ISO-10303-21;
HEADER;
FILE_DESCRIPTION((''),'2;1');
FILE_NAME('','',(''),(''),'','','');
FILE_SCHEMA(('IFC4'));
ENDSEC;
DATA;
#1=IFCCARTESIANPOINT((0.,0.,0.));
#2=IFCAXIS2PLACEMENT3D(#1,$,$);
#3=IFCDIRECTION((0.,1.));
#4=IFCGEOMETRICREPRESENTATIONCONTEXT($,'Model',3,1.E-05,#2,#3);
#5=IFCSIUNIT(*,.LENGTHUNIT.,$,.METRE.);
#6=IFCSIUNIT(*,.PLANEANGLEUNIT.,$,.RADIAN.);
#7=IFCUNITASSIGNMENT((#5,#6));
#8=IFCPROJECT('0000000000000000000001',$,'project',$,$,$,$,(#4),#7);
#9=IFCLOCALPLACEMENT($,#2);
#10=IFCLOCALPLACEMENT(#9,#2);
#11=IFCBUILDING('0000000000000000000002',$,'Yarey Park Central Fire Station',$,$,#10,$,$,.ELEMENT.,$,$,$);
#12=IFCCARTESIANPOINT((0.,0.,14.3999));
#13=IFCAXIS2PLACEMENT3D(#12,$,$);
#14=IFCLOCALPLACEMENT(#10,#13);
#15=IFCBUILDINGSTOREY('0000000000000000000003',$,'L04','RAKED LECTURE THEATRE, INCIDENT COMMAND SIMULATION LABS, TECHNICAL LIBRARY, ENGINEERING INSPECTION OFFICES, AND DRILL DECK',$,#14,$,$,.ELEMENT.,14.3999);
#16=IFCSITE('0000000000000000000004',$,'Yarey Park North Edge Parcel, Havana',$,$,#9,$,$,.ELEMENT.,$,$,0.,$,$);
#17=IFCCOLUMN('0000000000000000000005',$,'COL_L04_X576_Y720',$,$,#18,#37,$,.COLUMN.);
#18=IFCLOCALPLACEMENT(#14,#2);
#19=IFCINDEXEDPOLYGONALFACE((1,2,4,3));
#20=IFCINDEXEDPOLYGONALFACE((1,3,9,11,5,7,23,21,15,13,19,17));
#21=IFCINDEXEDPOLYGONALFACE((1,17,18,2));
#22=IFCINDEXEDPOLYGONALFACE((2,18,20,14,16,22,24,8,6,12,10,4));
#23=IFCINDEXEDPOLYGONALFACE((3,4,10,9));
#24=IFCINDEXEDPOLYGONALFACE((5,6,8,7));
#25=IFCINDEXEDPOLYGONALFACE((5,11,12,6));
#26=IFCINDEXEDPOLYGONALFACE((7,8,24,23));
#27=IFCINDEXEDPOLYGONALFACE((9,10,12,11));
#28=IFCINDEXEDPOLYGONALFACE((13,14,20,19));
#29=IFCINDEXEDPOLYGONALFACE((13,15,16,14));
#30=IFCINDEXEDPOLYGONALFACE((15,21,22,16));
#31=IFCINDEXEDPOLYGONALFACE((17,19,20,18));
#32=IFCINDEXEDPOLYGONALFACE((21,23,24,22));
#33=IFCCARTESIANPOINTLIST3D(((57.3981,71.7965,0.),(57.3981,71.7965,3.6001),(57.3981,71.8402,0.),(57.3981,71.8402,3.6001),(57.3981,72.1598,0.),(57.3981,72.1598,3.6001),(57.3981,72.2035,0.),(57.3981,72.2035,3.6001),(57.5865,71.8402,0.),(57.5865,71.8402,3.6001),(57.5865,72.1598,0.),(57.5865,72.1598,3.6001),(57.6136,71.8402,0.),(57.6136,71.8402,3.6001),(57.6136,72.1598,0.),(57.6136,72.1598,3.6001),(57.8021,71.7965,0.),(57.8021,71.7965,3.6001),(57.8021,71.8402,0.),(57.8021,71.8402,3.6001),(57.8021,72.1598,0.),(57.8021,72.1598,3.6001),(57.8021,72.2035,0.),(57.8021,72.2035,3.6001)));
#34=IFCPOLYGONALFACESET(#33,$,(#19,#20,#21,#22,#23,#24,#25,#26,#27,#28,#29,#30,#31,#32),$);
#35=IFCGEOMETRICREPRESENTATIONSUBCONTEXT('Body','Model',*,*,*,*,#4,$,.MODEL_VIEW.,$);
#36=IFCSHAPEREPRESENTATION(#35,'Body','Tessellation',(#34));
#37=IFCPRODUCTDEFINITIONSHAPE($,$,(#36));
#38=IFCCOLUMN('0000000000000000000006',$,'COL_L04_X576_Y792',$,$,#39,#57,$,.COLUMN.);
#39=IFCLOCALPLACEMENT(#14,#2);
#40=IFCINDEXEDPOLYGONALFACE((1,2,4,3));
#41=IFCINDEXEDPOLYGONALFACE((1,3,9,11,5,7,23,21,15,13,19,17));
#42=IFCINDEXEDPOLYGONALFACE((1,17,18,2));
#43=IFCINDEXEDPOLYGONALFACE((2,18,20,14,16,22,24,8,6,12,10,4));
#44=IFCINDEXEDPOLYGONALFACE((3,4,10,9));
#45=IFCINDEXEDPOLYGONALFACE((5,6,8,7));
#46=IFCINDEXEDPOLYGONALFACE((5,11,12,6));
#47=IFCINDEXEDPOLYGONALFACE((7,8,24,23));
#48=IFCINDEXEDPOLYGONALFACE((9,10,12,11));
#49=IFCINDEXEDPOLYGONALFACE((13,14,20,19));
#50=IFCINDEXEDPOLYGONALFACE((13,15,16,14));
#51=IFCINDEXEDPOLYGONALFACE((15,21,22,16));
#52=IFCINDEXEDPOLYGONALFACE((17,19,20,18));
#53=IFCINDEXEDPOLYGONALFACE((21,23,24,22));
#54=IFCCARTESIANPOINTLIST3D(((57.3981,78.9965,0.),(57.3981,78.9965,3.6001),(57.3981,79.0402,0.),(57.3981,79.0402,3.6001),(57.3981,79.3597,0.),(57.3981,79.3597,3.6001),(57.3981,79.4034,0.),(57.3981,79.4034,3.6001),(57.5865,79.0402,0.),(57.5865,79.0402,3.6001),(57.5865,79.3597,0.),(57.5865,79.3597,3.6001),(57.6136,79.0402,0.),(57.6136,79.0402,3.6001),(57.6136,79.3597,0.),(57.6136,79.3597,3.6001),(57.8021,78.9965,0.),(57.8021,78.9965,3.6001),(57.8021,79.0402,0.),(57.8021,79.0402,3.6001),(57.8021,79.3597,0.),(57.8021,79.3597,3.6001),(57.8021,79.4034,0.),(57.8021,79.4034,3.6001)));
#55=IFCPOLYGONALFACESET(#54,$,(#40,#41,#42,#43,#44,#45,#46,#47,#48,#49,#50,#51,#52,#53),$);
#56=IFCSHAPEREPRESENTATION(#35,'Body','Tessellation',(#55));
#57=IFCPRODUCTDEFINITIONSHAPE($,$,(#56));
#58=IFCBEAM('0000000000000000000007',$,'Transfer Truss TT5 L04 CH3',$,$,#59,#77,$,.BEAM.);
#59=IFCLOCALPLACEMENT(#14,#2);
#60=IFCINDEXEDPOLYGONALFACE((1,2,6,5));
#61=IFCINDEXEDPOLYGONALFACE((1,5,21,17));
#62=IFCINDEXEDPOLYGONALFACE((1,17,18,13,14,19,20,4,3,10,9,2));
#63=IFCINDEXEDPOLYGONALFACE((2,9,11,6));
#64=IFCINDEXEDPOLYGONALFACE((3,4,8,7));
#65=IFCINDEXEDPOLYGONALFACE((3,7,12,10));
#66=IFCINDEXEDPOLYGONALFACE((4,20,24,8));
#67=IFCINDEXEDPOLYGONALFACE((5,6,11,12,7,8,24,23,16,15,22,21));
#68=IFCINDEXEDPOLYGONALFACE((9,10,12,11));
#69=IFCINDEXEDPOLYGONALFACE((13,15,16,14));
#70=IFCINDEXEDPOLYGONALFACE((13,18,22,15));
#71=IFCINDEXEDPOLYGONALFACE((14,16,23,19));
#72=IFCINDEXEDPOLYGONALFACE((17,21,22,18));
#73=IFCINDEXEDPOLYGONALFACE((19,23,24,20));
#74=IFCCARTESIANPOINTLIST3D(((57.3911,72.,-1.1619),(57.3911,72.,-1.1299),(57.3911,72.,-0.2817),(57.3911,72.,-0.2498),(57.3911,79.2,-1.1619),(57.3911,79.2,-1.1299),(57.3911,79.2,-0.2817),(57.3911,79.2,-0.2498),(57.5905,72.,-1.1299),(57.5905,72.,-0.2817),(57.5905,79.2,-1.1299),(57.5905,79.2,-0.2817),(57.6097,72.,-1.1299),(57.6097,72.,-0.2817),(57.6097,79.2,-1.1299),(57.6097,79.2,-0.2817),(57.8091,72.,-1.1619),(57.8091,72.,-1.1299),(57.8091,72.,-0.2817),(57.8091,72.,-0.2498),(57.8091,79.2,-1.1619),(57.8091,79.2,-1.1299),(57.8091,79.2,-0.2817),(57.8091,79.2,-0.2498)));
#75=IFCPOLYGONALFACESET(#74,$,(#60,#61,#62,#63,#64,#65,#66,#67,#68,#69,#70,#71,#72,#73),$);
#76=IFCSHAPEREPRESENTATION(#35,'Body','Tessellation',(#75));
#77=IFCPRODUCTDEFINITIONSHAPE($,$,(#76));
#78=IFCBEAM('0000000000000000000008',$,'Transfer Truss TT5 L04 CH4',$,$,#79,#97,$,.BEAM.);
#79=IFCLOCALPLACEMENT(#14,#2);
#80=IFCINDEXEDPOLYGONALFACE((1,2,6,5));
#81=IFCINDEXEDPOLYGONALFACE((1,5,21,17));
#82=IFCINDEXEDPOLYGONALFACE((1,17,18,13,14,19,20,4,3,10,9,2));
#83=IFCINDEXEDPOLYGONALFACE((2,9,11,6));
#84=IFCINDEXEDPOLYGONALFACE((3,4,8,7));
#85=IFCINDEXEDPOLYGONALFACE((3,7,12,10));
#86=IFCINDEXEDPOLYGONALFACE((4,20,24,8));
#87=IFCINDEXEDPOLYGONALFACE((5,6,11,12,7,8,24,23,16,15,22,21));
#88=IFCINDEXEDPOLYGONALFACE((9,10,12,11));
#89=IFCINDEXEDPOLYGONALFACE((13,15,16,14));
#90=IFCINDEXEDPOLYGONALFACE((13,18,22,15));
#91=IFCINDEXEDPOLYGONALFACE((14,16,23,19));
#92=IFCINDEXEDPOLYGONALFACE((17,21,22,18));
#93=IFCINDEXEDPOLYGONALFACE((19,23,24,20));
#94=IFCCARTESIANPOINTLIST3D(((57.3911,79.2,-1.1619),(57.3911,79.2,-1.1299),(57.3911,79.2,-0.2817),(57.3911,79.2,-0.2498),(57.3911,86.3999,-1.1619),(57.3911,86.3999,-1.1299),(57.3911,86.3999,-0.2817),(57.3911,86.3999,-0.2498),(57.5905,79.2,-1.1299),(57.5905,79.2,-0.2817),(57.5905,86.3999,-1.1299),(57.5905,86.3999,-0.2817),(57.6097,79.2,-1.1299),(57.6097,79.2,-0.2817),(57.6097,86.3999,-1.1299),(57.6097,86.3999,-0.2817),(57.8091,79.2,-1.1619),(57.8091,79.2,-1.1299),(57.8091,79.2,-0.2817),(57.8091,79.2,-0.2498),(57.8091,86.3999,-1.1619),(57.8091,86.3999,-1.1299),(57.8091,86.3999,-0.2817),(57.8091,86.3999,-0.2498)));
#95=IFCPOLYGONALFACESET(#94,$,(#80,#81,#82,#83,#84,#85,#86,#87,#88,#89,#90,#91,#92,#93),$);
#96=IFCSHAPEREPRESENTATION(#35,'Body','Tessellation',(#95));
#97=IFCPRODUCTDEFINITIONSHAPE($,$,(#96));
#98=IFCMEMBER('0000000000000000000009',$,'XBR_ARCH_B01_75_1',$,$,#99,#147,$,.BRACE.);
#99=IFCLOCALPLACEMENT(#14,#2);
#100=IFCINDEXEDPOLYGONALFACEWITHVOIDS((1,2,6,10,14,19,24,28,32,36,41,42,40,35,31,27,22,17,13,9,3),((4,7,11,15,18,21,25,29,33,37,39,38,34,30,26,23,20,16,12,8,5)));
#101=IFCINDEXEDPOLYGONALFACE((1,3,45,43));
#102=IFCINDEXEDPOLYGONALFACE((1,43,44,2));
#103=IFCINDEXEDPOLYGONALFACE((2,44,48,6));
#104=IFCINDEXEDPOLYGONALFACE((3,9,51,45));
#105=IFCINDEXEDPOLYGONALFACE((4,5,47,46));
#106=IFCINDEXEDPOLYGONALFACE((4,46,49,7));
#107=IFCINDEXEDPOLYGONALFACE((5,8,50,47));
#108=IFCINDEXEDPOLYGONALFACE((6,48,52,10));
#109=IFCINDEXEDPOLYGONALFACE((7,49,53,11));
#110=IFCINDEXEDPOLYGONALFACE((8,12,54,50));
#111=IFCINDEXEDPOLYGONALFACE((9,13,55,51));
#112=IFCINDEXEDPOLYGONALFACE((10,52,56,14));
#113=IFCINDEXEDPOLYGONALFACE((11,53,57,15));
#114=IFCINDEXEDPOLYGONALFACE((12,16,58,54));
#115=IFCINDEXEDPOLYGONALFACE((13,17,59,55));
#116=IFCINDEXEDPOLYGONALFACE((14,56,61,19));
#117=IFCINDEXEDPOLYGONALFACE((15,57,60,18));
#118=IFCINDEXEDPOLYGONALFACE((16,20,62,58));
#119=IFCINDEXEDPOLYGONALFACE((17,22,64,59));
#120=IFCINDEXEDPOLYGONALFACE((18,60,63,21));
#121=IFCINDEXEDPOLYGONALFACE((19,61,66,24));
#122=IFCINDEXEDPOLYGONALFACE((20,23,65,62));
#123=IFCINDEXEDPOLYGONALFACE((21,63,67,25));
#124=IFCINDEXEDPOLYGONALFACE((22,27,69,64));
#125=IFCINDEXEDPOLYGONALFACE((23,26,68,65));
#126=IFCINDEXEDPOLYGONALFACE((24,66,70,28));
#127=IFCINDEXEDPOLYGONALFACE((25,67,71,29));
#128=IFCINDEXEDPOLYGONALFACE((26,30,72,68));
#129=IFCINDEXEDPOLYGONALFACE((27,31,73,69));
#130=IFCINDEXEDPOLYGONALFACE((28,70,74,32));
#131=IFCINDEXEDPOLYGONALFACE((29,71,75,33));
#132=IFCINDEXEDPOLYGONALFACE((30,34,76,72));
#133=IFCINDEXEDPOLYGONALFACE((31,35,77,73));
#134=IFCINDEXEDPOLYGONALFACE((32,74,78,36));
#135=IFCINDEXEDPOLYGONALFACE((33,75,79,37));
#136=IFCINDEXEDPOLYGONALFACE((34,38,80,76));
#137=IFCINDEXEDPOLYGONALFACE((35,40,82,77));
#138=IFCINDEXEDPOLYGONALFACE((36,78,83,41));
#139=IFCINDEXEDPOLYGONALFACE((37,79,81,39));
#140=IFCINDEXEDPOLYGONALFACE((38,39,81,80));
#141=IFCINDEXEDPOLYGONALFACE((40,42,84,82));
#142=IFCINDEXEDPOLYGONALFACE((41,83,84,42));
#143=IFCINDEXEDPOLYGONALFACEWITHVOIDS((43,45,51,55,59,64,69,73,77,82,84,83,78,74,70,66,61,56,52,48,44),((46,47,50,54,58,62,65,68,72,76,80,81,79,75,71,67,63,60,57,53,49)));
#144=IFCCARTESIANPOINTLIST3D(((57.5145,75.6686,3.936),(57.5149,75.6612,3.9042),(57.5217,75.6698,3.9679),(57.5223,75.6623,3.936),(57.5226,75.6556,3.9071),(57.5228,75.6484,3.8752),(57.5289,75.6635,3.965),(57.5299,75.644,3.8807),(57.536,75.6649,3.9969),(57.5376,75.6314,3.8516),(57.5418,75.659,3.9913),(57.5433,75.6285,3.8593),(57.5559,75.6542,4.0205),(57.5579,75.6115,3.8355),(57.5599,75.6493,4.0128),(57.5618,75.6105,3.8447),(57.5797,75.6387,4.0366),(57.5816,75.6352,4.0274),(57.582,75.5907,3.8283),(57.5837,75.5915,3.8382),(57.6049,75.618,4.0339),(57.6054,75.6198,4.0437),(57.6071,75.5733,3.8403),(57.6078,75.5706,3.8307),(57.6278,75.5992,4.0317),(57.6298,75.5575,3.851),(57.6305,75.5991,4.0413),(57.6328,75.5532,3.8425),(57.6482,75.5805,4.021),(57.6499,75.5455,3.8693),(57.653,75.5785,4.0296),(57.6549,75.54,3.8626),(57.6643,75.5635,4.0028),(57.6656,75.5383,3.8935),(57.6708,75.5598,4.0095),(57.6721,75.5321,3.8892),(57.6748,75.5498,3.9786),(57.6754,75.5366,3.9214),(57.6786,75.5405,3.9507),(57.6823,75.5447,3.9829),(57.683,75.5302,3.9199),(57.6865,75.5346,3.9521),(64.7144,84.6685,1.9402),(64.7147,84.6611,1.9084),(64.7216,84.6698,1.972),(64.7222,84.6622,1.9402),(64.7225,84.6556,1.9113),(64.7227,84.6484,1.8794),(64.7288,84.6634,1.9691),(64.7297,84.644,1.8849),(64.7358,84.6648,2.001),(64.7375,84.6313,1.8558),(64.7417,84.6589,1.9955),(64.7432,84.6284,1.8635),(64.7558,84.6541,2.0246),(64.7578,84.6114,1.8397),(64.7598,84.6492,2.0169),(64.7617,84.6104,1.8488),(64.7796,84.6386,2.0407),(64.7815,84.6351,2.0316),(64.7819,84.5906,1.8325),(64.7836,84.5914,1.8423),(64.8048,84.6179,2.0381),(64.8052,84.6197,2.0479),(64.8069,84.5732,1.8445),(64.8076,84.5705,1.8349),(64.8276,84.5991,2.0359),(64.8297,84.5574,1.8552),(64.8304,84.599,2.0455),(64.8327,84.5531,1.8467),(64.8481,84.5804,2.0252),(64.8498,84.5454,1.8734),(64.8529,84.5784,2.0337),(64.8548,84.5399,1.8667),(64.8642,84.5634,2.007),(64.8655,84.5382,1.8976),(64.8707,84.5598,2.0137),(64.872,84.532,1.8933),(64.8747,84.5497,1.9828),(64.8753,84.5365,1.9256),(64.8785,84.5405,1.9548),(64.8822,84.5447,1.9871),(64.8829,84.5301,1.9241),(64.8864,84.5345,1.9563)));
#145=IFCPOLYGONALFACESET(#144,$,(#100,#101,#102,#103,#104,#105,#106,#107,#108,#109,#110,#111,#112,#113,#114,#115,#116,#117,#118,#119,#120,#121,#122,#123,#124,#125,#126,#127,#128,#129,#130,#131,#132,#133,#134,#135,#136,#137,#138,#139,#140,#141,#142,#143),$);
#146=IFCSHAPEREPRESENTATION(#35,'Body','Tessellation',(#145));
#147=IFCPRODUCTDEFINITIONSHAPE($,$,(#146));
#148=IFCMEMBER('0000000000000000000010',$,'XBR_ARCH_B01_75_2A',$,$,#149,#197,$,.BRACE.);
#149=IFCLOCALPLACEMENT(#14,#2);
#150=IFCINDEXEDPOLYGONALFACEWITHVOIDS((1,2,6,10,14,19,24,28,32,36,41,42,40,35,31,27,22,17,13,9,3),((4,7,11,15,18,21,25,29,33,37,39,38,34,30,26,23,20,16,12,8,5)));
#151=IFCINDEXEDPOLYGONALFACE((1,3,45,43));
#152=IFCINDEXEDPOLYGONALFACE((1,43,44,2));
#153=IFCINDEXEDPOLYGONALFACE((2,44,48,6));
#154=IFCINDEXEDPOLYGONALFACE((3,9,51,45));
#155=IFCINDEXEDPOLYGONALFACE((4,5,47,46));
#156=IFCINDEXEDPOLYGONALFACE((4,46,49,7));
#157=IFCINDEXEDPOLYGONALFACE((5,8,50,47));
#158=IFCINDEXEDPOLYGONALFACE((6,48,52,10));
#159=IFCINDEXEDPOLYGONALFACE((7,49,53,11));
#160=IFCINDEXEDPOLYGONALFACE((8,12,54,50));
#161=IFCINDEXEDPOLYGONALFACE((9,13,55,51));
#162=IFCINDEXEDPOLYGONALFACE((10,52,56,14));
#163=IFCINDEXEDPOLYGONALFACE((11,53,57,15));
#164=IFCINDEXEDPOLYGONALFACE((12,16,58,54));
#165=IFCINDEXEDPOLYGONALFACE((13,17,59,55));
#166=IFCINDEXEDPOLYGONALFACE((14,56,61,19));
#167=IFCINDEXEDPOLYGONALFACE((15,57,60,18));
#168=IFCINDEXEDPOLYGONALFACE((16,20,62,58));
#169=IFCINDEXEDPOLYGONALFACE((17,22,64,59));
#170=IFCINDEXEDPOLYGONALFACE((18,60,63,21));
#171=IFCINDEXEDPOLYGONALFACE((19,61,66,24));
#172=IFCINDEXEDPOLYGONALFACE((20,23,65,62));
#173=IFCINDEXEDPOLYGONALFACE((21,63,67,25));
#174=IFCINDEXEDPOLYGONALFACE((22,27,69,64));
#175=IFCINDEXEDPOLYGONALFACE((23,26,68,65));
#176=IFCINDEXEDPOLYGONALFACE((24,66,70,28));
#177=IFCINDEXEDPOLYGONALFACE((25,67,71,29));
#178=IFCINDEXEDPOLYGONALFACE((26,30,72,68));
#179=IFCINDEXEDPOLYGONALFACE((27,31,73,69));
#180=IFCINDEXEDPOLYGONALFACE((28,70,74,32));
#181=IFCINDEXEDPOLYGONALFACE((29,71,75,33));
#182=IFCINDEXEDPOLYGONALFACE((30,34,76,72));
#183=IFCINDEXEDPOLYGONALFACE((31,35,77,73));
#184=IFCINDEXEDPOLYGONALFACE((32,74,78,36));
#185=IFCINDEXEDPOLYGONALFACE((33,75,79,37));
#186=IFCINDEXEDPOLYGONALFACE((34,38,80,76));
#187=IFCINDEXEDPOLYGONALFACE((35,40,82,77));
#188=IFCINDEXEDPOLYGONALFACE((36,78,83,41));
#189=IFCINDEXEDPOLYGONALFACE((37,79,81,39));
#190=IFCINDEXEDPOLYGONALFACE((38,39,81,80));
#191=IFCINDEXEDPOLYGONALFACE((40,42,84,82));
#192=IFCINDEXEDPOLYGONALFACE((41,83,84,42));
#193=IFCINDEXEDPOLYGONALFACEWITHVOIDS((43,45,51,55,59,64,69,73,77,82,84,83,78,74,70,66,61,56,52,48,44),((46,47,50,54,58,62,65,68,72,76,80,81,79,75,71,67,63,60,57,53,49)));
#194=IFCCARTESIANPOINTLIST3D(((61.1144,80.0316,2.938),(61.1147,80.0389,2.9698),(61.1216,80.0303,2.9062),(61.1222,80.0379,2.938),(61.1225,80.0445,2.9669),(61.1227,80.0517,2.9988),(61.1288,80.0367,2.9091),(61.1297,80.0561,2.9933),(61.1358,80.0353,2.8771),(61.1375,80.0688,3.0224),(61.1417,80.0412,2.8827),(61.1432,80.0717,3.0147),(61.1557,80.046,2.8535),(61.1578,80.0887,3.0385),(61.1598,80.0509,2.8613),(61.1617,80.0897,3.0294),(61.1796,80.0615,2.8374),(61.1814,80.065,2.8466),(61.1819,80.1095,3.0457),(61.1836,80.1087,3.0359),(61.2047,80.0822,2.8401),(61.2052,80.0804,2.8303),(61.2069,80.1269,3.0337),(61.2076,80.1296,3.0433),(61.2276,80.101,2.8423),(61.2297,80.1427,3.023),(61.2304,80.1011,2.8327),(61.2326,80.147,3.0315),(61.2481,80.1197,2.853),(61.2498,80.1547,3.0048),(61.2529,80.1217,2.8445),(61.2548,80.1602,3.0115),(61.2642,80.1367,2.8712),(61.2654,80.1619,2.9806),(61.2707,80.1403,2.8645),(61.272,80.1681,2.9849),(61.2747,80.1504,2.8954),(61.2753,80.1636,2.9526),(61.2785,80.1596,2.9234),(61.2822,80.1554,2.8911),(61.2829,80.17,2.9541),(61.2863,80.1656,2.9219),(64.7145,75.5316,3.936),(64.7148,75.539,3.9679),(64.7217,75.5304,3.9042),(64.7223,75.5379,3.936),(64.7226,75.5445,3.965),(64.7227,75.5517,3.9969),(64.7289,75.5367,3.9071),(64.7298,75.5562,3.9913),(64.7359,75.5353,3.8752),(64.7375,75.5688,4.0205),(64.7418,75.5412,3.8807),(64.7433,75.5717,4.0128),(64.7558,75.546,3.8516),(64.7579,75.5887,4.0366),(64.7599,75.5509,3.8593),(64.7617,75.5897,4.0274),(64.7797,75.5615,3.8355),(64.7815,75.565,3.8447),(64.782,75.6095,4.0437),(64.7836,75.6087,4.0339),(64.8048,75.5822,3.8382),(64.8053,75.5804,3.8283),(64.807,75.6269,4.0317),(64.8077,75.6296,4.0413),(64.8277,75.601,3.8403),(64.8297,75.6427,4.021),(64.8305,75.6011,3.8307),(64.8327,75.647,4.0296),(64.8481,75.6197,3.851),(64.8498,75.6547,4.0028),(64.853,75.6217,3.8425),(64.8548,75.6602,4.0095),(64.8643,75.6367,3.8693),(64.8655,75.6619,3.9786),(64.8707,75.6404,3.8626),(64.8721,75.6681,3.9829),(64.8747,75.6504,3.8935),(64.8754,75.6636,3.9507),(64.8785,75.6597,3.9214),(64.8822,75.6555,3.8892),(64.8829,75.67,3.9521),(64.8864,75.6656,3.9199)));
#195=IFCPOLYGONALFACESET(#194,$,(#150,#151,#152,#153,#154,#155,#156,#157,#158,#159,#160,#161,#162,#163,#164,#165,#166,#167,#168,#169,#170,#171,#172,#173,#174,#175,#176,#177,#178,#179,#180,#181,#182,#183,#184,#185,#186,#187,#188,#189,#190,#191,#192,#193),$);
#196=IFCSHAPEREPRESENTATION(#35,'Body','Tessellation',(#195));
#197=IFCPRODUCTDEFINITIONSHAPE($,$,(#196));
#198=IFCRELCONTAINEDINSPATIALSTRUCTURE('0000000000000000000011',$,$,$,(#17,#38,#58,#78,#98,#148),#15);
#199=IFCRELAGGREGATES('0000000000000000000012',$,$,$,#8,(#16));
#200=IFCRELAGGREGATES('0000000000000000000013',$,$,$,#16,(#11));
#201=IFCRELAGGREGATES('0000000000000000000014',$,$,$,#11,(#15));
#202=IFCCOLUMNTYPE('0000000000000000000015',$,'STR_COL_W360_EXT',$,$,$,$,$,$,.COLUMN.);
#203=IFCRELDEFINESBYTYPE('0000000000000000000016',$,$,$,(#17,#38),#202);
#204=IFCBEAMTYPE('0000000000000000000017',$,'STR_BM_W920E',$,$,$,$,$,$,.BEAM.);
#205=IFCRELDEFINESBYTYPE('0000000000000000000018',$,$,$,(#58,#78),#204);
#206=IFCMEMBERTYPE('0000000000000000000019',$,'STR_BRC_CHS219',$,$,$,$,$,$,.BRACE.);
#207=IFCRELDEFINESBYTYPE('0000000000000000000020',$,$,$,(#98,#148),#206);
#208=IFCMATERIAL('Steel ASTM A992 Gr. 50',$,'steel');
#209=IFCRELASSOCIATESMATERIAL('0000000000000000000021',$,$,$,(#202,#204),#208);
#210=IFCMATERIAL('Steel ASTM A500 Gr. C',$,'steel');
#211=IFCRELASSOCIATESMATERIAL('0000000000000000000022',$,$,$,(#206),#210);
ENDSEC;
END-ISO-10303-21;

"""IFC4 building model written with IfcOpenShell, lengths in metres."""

from ifc_helpers import new_model, si_unit, direction, frame, origin, origin_2d, place, context, subcontext, project, spatial, hollow_circle, i_section, extrude, material, material_profile, profile_set, type_object, element, save


model = new_model("IFC4")

# Units and contexts
model_context = context("Model", 3, precision=1e-05, world=origin(), true_north=direction((0.0, 1.0)))
body_context = subcontext(model_context, "Body", "Model", "MODEL_VIEW")
ifc_project = project(units=[si_unit("LENGTHUNIT", "METRE"), si_unit("PLANEANGLEUNIT", "RADIAN")], contexts=[model_context])

# Site, building, storey
site_placement = place(None, origin())
site = spatial("IfcSite", under=ifc_project, at=site_placement, Name="Yarey Park North Edge Parcel, Havana", CompositionType="ELEMENT", RefElevation=0.0)
building_placement = place(site_placement, origin())
building = spatial("IfcBuilding", under=site, at=building_placement, Name="Yarey Park Central Fire Station", CompositionType="ELEMENT")
storey_placement = place(building_placement, frame((0.0, 0.0, 14.3999)))
storey = spatial("IfcBuildingStorey", under=building, at=storey_placement, Name="L04", Description="RAKED LECTURE THEATRE, INCIDENT COMMAND SIMULATION LABS, TECHNICAL LIBRARY, ENGINEERING INSPECTION OFFICES, AND DRILL DECK", CompositionType="ELEMENT", Elevation=14.3999)

# Columns
ifc_material_1 = material(Name="Steel ASTM A992 Gr. 50", Category="steel")
ifc_material_profile_1 = material_profile(ifc_material_1, i_section(OverallWidth=0.4041, OverallDepth=0.407, WebThickness=0.0271, FlangeThickness=0.0437, at=origin_2d()), Name="W360x347")
ifc_profile_set_1 = profile_set([ifc_material_profile_1], Name="Steel ASTM A992 Gr. 50")
column_type = type_object("IfcColumnType", Name="STR_COL_W360_EXT", PredefinedType="COLUMN", material=ifc_profile_set_1)
for number, where, z_axis, x_axis, name in (
    (1, (57.6001, 72.0, 0.0), (0.0, 0.0, 1.0), (1.0, 0.0, 0.0), "COL_L04_X576_Y720"),
    (2, (57.6001, 79.2, 0.0), (0.0, 0.0, 1.0), (1.0, 0.0, 0.0), "COL_L04_X576_Y792"),
):
    element("IfcColumn", number, at=place(storey_placement, frame(where, z_axis=z_axis, x_axis=x_axis)), inside=storey, type_object=column_type, Name=name, PredefinedType="COLUMN", context=body_context, shape_type="SweptSolid", body=[
        extrude(i_section(OverallWidth=0.4041, OverallDepth=0.407, WebThickness=0.0271, FlangeThickness=0.0437, at=origin_2d()), origin(), (0.0, 0.0, 1.0), 3.6001),
    ])

# Beams
ifc_material_profile_2 = material_profile(ifc_material_1, i_section(OverallWidth=0.418, OverallDepth=0.9121, WebThickness=0.0193, FlangeThickness=0.032, at=origin_2d()), Name="W920x342")
ifc_profile_set_2 = profile_set([ifc_material_profile_2], Name="Steel ASTM A992 Gr. 50")
beam_type = type_object("IfcBeamType", Name="STR_BM_W920E", PredefinedType="BEAM", material=ifc_profile_set_2)
for number, where, z_axis, x_axis, name in (
    (3, (57.6001, 72.0, -0.7058), (0.0, 1.0, 0.0), (-1.0, 0.0, 0.0), "Transfer Truss TT5 L04 CH3"),
    (4, (57.6001, 79.2, -0.7058), (0.0, 1.0, 0.0), (-1.0, 0.0, 0.0), "Transfer Truss TT5 L04 CH4"),
):
    element("IfcBeam", number, at=place(storey_placement, frame(where, z_axis=z_axis, x_axis=x_axis)), inside=storey, type_object=beam_type, Name=name, PredefinedType="BEAM", context=body_context, shape_type="SweptSolid", body=[
        extrude(i_section(OverallWidth=0.418, OverallDepth=0.9121, WebThickness=0.0193, FlangeThickness=0.032, at=origin_2d()), origin(), (0.0, 0.0, 1.0), 7.2),
    ])

# Members
ifc_material_2 = material(Name="Steel ASTM A500 Gr. C", Category="steel")
ifc_material_profile_3 = material_profile(ifc_material_2, hollow_circle(Radius=0.1096, WallThickness=0.01, at=origin_2d()), Name="CHS 219.1x10")
ifc_profile_set_3 = profile_set([ifc_material_profile_3], Name="Steel ASTM A500 Gr. C")
member_type_1 = type_object("IfcMemberType", Name="STR_BRC_CHS219", PredefinedType="BRACE", material=ifc_profile_set_3)
member_1_placement = place(storey_placement, frame((57.6001, 75.6001, 3.936), z_axis=(0.615532, 0.76942, -0.170627), x_axis=(-0.780871, 0.624692, 0.0)))
element("IfcMember", 5, at=member_1_placement, inside=storey, type_object=member_type_1, Name="XBR_ARCH_B01_75_1", PredefinedType="BRACE", context=body_context, shape_type="SweptSolid", body=[
    extrude(hollow_circle(Radius=0.1096, WallThickness=0.01, at=origin_2d()), origin(), (0.0, 0.0, 1.0), 11.697),
])
member_2_placement = place(storey_placement, frame((64.8, 75.6001, 3.936), z_axis=(-0.615543, 0.769407, -0.170645), x_axis=(-0.780861, -0.624705, 0.0)))
element("IfcMember", 6, at=member_2_placement, inside=storey, type_object=member_type_1, Name="XBR_ARCH_B01_75_2A", PredefinedType="BRACE", context=body_context, shape_type="SweptSolid", body=[
    extrude(hollow_circle(Radius=0.1096, WallThickness=0.01, at=origin_2d()), origin(), (0.0, 0.0, 1.0), 5.8486),
])

save(model, "model.ifc")
